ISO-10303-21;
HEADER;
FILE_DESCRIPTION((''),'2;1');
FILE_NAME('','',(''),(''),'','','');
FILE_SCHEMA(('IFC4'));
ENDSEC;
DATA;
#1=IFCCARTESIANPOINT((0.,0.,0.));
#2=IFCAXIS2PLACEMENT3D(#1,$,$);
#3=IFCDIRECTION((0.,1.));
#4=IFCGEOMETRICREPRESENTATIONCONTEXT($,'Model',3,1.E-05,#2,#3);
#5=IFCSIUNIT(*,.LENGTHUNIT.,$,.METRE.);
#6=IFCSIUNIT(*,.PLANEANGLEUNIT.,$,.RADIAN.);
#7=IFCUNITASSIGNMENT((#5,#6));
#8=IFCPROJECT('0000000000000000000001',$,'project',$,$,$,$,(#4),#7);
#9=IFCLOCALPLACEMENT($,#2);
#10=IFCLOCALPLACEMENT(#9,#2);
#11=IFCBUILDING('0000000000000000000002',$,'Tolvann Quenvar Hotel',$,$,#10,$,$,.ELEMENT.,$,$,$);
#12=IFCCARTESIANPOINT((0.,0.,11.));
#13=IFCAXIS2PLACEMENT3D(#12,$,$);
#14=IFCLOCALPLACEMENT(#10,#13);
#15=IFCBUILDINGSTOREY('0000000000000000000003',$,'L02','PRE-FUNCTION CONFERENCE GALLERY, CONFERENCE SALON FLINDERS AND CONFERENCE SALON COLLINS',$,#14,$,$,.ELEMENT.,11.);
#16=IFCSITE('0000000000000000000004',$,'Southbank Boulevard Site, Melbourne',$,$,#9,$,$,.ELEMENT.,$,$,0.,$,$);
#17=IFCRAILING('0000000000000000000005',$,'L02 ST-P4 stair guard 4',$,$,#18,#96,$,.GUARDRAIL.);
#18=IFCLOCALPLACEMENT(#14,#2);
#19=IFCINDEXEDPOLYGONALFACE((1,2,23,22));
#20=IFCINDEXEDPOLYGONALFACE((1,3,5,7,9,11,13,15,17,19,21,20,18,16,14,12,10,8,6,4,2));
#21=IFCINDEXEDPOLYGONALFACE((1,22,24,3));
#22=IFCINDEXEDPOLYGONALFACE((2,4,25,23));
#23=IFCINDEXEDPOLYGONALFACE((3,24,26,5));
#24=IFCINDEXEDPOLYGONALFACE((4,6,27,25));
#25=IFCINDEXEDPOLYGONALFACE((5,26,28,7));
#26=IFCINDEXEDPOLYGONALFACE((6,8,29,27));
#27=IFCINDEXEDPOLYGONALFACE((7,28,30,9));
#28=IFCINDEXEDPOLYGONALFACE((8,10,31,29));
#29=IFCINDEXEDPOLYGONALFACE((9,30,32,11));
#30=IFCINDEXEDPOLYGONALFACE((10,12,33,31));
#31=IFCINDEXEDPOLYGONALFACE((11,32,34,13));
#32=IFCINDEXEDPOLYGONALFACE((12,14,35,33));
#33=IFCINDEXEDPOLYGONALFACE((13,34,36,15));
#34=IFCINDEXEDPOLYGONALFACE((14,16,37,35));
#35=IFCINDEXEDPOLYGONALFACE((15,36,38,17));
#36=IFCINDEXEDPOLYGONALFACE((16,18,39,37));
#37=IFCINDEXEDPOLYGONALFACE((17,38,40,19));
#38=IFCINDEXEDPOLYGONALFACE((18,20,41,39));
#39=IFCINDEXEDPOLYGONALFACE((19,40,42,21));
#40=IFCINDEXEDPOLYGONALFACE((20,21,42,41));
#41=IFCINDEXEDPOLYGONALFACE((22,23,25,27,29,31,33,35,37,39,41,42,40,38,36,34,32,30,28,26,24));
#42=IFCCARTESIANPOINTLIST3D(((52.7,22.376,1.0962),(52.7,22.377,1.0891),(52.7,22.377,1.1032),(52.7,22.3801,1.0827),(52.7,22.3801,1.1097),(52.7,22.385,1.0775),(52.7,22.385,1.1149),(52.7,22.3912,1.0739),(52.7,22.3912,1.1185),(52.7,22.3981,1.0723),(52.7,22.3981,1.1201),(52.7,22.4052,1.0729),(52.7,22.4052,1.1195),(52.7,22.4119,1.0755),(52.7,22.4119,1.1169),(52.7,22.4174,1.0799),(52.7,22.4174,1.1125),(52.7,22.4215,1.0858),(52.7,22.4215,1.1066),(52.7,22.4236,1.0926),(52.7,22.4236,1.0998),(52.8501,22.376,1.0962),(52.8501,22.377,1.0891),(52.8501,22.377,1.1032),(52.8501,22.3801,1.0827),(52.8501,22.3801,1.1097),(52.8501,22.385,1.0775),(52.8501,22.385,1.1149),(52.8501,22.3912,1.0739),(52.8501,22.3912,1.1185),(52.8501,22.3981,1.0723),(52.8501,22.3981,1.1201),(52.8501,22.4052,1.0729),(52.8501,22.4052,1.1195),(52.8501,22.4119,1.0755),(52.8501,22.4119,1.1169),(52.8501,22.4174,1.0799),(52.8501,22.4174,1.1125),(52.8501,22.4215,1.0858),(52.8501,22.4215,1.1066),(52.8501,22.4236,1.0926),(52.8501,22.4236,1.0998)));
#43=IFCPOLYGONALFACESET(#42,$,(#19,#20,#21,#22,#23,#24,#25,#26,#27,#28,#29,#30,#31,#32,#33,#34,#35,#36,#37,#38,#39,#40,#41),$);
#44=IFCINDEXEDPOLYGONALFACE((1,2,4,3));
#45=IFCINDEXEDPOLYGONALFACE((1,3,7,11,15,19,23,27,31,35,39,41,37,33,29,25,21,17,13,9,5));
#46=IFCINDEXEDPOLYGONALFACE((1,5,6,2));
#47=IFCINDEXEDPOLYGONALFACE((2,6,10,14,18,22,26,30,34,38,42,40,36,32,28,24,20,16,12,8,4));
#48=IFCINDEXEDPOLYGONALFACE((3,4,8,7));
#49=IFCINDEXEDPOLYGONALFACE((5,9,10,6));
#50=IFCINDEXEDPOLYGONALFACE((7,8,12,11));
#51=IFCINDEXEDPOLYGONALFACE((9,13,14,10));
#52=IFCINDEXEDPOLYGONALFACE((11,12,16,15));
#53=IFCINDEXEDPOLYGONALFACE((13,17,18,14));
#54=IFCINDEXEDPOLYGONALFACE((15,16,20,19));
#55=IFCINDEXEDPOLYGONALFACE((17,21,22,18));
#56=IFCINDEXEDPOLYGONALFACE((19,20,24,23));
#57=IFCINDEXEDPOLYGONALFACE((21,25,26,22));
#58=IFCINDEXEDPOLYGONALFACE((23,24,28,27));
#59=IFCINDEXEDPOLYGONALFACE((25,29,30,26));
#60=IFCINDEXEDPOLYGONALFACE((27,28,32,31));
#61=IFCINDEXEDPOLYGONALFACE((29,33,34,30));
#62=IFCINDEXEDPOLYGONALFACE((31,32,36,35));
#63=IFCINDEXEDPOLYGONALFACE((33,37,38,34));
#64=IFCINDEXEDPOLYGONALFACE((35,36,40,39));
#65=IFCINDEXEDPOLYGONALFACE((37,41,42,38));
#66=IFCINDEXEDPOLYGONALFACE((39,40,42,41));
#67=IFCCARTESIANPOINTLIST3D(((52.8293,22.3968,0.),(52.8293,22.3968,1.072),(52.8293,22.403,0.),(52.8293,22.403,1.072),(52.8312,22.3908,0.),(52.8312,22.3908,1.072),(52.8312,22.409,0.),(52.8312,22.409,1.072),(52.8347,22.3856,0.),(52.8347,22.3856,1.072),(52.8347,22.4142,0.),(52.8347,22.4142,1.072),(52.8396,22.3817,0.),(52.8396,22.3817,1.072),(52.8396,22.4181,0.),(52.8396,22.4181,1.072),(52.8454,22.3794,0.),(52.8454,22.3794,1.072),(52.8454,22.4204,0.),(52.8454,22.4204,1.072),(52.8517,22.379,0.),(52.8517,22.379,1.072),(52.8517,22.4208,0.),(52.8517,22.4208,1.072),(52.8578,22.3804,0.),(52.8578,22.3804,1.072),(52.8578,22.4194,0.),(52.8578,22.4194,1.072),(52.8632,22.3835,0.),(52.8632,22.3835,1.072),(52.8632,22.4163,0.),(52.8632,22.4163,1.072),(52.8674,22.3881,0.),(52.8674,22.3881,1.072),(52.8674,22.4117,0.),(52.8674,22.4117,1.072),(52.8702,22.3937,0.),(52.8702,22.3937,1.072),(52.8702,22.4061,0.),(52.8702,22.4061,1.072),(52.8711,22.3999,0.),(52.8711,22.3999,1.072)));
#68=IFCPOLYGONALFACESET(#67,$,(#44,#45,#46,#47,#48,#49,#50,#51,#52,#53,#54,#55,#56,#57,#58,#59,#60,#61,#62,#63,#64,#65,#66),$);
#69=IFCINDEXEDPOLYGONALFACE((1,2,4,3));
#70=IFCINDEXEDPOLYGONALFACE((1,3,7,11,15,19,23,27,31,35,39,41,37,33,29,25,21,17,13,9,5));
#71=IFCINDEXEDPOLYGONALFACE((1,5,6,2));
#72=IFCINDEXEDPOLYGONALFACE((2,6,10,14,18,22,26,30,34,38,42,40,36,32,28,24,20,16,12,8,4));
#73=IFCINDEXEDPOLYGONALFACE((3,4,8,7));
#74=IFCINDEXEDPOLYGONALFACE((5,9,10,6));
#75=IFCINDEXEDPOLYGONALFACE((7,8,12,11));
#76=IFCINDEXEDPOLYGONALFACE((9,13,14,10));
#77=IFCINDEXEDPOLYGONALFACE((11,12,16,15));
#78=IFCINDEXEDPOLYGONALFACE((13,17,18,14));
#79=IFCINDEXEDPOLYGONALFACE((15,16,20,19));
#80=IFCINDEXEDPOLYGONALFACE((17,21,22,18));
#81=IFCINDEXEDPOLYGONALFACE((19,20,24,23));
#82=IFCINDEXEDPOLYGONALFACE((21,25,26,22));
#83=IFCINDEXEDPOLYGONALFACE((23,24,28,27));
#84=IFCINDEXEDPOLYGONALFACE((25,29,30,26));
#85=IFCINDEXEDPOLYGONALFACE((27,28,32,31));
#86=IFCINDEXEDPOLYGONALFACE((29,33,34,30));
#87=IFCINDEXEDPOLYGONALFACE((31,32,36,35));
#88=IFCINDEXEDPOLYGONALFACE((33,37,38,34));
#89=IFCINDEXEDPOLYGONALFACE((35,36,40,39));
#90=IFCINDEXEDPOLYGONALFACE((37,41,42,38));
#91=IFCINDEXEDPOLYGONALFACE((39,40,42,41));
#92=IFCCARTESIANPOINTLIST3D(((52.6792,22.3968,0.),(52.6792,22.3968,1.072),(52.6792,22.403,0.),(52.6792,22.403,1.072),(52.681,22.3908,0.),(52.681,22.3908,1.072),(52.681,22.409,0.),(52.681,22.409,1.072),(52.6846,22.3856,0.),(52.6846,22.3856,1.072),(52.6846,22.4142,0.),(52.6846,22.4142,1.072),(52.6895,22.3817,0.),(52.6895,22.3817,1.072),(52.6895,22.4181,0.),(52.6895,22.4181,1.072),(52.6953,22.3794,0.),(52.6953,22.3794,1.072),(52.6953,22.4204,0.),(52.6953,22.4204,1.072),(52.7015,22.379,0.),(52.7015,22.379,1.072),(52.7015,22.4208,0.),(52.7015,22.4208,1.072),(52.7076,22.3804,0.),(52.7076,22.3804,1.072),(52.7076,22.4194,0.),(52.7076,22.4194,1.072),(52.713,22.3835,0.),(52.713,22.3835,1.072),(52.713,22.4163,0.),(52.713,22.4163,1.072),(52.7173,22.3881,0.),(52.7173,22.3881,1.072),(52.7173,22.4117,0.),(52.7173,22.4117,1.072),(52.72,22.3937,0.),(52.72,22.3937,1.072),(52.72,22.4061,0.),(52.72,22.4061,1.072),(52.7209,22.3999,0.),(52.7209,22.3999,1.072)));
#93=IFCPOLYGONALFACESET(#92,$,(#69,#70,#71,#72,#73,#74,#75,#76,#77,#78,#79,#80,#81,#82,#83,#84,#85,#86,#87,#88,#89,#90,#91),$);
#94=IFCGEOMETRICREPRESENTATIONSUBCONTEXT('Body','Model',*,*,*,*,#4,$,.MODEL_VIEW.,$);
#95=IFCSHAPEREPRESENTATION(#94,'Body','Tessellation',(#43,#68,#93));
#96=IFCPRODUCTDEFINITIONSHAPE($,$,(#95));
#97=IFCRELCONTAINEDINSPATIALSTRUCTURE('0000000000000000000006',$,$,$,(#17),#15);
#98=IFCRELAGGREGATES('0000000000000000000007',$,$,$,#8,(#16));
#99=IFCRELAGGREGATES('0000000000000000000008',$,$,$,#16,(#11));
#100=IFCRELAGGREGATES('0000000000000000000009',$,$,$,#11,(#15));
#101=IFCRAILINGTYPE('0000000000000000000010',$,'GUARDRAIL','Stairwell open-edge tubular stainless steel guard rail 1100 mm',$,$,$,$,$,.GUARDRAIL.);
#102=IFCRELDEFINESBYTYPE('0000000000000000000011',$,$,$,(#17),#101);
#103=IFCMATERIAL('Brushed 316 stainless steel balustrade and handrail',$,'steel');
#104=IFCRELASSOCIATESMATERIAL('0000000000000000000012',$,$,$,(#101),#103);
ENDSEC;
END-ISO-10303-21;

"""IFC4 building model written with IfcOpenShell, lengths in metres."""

from ifc_helpers import new_model, si_unit, direction, frame, origin, origin_2d, place, context, subcontext, project, spatial, circle, extrude, material, type_object, element, save


model = new_model("IFC4")

# Units and contexts
model_context = context("Model", 3, precision=1e-05, world=origin(), true_north=direction((0.0, 1.0)))
body_context = subcontext(model_context, "Body", "Model", "MODEL_VIEW")
ifc_project = project(units=[si_unit("LENGTHUNIT", "METRE"), si_unit("PLANEANGLEUNIT", "RADIAN")], contexts=[model_context])

# Site, building, storey
site_placement = place(None, origin())
site = spatial("IfcSite", under=ifc_project, at=site_placement, Name="Southbank Boulevard Site, Melbourne", CompositionType="ELEMENT", RefElevation=0.0)
building_placement = place(site_placement, origin())
building = spatial("IfcBuilding", under=site, at=building_placement, Name="Tolvann Quenvar Hotel", CompositionType="ELEMENT")
storey_placement = place(building_placement, frame((0.0, 0.0, 11.0)))
storey = spatial("IfcBuildingStorey", under=building, at=storey_placement, Name="L02", Description="PRE-FUNCTION CONFERENCE GALLERY, CONFERENCE SALON FLINDERS AND CONFERENCE SALON COLLINS", CompositionType="ELEMENT", Elevation=11.0)

# Railing
ifc_material_1 = material(Name="Brushed 316 stainless steel balustrade and handrail", Category="steel")
railing_type_1 = type_object("IfcRailingType", Name="GUARDRAIL", Description="Stairwell open-edge tubular stainless steel guard rail 1100 mm", PredefinedType="GUARDRAIL", material=ifc_material_1)
railing_1_placement = place(storey_placement, frame((52.8501, 22.3999, 0.0)))
element("IfcRailing", 1, at=railing_1_placement, inside=storey, type_object=railing_type_1, Name="L02 ST-P4 stair guard 4", PredefinedType="GUARDRAIL", context=body_context, shape_type="SweptSolid", body=[
    extrude(circle(Radius=0.0239, at=origin_2d()), frame((0.0, 0.0, 1.0962), z_axis=(-1.0, 0.0, 0.0), x_axis=(0.0, -1.0, 0.0)), (0.0, 0.0, 1.0), 0.1501),
    extrude(circle(Radius=0.021, at=origin_2d()), origin(), (0.0, 0.0, 1.0), 1.072),
    extrude(circle(Radius=0.021, at=origin_2d()), frame((-0.1501, 0.0, 0.0)), (0.0, 0.0, 1.0), 1.072),
])

save(model, "model.ifc")
